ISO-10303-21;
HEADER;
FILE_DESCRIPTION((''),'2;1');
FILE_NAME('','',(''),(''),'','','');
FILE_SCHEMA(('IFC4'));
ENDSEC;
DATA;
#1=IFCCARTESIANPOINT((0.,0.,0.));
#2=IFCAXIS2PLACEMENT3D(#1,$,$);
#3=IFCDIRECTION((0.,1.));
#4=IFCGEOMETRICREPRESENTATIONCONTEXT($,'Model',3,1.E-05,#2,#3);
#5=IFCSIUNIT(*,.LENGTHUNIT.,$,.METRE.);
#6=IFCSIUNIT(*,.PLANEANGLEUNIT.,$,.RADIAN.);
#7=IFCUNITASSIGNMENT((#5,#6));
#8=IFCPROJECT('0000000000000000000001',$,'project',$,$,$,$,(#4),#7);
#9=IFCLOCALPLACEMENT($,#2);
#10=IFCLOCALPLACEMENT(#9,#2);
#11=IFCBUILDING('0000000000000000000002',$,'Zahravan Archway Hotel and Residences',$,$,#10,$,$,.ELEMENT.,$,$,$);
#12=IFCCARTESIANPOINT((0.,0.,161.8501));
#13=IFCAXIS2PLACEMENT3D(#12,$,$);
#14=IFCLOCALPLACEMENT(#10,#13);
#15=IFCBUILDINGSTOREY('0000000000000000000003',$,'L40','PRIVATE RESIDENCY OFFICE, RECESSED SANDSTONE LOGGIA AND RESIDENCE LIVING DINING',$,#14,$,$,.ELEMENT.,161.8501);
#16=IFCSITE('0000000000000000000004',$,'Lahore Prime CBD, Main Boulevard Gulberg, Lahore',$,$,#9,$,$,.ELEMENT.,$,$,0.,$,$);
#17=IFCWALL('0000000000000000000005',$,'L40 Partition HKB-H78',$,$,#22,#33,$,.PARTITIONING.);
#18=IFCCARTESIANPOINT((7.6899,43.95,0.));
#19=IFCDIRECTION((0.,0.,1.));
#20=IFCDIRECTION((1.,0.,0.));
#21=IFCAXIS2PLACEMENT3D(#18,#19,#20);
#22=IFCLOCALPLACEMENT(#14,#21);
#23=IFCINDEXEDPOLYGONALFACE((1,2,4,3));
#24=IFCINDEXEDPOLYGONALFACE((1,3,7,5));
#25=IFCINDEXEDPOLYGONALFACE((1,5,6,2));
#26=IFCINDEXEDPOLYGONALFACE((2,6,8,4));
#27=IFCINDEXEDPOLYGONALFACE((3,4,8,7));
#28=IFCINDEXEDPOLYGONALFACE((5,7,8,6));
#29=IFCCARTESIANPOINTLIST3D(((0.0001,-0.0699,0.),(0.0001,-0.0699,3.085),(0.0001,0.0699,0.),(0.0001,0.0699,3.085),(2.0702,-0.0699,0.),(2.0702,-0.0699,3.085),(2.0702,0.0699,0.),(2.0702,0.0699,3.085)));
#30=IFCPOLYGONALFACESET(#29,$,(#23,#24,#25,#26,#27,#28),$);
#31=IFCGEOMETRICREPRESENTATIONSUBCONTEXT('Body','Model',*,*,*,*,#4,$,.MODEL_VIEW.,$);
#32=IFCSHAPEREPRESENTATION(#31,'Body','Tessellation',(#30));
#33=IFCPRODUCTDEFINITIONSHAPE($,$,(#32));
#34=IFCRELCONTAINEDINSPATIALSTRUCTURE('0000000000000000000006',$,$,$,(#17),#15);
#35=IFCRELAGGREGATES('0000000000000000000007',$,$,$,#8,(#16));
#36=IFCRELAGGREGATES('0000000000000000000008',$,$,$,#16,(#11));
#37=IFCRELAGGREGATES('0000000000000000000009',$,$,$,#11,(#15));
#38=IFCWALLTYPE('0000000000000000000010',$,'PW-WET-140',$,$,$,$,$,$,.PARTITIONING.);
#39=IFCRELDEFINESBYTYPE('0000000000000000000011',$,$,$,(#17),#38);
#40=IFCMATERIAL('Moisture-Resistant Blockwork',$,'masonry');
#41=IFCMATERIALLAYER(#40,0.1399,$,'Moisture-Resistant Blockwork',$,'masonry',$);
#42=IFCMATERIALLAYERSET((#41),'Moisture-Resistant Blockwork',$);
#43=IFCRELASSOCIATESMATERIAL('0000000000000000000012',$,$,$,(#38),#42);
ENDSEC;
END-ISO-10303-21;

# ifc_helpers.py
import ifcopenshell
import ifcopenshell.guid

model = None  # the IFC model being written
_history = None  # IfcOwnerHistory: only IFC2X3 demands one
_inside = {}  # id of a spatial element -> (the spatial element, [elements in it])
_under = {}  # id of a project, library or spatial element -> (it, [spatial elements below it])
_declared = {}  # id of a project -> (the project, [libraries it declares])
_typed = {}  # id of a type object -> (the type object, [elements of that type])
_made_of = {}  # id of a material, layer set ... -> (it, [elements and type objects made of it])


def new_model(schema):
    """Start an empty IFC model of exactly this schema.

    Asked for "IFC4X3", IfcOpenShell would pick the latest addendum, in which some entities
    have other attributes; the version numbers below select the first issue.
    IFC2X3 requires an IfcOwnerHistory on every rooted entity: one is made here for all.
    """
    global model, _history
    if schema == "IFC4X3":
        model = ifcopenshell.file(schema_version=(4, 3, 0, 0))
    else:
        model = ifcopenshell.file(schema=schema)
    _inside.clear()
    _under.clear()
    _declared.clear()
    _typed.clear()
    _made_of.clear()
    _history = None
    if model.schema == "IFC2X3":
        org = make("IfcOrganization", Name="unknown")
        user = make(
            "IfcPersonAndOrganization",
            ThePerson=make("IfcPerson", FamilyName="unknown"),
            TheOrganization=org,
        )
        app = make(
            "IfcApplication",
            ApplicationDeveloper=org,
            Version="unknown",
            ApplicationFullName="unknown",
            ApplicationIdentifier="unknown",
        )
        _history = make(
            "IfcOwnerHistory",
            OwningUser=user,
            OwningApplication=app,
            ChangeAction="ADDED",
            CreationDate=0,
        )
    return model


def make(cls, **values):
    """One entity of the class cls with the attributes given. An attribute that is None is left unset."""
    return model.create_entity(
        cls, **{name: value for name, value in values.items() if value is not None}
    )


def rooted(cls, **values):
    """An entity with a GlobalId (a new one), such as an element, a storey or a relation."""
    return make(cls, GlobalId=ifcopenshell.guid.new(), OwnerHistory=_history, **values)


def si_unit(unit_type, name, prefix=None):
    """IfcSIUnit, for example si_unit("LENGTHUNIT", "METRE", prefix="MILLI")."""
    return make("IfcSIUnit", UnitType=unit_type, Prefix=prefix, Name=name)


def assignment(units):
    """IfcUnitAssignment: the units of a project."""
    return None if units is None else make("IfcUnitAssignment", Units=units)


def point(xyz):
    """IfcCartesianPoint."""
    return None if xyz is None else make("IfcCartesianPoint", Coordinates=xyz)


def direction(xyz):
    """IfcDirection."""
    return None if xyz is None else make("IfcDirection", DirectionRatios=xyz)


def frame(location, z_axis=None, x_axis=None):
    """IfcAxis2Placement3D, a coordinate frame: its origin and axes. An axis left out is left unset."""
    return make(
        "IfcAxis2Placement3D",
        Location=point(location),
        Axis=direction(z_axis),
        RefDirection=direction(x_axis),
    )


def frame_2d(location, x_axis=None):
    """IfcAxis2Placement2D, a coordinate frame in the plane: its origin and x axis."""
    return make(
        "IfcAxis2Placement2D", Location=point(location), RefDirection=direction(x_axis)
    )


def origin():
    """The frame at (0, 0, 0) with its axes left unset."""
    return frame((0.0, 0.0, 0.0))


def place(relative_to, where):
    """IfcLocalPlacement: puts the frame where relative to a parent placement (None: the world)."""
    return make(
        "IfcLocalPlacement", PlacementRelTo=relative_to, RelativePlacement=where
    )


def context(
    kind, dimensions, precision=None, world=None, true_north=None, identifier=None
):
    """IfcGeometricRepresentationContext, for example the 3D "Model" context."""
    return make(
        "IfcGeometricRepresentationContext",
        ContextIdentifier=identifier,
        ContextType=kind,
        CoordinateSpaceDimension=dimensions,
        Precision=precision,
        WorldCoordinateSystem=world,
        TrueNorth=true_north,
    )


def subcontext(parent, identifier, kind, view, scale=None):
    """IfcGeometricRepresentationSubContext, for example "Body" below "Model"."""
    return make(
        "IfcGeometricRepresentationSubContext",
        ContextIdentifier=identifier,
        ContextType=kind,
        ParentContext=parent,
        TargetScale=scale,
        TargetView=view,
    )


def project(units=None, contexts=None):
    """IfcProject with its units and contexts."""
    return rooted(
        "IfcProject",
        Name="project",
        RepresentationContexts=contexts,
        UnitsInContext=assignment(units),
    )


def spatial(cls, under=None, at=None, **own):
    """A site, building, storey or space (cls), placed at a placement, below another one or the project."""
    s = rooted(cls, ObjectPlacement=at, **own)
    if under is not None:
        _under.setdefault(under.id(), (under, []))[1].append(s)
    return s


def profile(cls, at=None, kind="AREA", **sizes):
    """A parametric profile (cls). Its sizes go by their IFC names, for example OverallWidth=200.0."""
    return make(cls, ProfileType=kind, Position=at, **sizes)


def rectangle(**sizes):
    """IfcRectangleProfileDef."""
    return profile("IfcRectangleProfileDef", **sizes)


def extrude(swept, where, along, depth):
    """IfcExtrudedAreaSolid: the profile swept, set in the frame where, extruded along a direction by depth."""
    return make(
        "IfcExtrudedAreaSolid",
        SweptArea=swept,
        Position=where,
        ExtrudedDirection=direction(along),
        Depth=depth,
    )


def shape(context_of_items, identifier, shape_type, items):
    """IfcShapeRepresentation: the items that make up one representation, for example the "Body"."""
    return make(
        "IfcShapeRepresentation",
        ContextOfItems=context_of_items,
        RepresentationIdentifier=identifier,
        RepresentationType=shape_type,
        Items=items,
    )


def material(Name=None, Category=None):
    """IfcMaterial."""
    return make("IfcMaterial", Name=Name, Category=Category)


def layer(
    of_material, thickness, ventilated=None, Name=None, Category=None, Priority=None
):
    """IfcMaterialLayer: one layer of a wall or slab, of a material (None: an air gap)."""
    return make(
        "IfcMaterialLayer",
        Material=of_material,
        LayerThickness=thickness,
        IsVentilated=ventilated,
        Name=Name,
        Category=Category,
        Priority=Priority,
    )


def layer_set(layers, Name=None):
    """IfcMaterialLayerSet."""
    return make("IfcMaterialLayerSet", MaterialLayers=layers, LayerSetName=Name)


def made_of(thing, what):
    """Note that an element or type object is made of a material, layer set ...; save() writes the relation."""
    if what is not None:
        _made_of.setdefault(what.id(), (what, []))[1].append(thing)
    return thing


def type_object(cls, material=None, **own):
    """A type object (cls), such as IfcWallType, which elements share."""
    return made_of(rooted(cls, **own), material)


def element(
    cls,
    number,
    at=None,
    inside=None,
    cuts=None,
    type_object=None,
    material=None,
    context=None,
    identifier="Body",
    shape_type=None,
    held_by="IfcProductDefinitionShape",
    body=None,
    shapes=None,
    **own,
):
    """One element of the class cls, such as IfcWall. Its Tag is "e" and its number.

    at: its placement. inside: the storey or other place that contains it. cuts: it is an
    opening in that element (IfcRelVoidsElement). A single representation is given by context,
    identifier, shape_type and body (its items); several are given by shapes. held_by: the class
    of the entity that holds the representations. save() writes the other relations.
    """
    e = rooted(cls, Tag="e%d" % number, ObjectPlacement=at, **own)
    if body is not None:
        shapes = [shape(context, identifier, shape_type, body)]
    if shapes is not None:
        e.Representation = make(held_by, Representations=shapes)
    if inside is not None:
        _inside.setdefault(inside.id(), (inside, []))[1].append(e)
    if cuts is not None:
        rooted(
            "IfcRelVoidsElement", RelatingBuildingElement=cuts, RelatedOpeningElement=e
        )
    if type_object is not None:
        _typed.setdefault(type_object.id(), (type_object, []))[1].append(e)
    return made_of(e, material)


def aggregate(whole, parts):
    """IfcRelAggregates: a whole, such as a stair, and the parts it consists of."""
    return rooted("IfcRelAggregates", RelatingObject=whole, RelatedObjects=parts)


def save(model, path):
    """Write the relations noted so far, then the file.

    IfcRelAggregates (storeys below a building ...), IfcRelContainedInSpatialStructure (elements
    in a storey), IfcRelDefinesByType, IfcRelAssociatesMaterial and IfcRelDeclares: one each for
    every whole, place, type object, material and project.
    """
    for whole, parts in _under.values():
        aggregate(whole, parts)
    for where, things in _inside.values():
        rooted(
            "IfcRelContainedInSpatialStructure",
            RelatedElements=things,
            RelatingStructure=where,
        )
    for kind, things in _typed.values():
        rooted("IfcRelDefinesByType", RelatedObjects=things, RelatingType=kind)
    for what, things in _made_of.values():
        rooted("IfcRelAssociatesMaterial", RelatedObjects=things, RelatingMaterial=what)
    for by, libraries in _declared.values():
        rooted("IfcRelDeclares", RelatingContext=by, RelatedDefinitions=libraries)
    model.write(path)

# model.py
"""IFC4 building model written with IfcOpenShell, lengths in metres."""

from ifc_helpers import new_model, si_unit, direction, frame, frame_2d, origin, place, context, subcontext, project, spatial, rectangle, extrude, material, layer, layer_set, type_object, element, save


model = new_model("IFC4")

# Units and contexts
model_context = context("Model", 3, precision=1e-05, world=origin(), true_north=direction((0.0, 1.0)))
body_context = subcontext(model_context, "Body", "Model", "MODEL_VIEW")
ifc_project = project(units=[si_unit("LENGTHUNIT", "METRE"), si_unit("PLANEANGLEUNIT", "RADIAN")], contexts=[model_context])

# Site, building, storey
site_placement = place(None, origin())
site = spatial("IfcSite", under=ifc_project, at=site_placement, Name="Lahore Prime CBD, Main Boulevard Gulberg, Lahore", CompositionType="ELEMENT", RefElevation=0.0)
building_placement = place(site_placement, origin())
building = spatial("IfcBuilding", under=site, at=building_placement, Name="Zahravan Archway Hotel and Residences", CompositionType="ELEMENT")
storey_placement = place(building_placement, frame((0.0, 0.0, 161.8501)))
storey = spatial("IfcBuildingStorey", under=building, at=storey_placement, Name="L40", Description="PRIVATE RESIDENCY OFFICE, RECESSED SANDSTONE LOGGIA AND RESIDENCE LIVING DINING", CompositionType="ELEMENT", Elevation=161.8501)

# Wall
ifc_material_1 = material(Name="Moisture-Resistant Blockwork", Category="masonry")
ifc_layer_1 = layer(ifc_material_1, 0.1399, Name="Moisture-Resistant Blockwork", Category="masonry")
ifc_layer_set_1 = layer_set([ifc_layer_1], Name="Moisture-Resistant Blockwork")
wall_type_1 = type_object("IfcWallType", Name="PW-WET-140", PredefinedType="PARTITIONING", material=ifc_layer_set_1)
wall_1_placement = place(storey_placement, frame((7.6899, 43.95, 0.0), z_axis=(0.0, 0.0, 1.0), x_axis=(1.0, 0.0, 0.0)))
element("IfcWall", 1, at=wall_1_placement, inside=storey, type_object=wall_type_1, Name="L40 Partition HKB-H78", PredefinedType="PARTITIONING", context=body_context, shape_type="SweptSolid", body=[
    extrude(rectangle(XDim=2.0701, YDim=0.1399, at=frame_2d((1.0352, 0.0))), origin(), (0.0, 0.0, 1.0), 3.085),
])

save(model, "model.ifc")
